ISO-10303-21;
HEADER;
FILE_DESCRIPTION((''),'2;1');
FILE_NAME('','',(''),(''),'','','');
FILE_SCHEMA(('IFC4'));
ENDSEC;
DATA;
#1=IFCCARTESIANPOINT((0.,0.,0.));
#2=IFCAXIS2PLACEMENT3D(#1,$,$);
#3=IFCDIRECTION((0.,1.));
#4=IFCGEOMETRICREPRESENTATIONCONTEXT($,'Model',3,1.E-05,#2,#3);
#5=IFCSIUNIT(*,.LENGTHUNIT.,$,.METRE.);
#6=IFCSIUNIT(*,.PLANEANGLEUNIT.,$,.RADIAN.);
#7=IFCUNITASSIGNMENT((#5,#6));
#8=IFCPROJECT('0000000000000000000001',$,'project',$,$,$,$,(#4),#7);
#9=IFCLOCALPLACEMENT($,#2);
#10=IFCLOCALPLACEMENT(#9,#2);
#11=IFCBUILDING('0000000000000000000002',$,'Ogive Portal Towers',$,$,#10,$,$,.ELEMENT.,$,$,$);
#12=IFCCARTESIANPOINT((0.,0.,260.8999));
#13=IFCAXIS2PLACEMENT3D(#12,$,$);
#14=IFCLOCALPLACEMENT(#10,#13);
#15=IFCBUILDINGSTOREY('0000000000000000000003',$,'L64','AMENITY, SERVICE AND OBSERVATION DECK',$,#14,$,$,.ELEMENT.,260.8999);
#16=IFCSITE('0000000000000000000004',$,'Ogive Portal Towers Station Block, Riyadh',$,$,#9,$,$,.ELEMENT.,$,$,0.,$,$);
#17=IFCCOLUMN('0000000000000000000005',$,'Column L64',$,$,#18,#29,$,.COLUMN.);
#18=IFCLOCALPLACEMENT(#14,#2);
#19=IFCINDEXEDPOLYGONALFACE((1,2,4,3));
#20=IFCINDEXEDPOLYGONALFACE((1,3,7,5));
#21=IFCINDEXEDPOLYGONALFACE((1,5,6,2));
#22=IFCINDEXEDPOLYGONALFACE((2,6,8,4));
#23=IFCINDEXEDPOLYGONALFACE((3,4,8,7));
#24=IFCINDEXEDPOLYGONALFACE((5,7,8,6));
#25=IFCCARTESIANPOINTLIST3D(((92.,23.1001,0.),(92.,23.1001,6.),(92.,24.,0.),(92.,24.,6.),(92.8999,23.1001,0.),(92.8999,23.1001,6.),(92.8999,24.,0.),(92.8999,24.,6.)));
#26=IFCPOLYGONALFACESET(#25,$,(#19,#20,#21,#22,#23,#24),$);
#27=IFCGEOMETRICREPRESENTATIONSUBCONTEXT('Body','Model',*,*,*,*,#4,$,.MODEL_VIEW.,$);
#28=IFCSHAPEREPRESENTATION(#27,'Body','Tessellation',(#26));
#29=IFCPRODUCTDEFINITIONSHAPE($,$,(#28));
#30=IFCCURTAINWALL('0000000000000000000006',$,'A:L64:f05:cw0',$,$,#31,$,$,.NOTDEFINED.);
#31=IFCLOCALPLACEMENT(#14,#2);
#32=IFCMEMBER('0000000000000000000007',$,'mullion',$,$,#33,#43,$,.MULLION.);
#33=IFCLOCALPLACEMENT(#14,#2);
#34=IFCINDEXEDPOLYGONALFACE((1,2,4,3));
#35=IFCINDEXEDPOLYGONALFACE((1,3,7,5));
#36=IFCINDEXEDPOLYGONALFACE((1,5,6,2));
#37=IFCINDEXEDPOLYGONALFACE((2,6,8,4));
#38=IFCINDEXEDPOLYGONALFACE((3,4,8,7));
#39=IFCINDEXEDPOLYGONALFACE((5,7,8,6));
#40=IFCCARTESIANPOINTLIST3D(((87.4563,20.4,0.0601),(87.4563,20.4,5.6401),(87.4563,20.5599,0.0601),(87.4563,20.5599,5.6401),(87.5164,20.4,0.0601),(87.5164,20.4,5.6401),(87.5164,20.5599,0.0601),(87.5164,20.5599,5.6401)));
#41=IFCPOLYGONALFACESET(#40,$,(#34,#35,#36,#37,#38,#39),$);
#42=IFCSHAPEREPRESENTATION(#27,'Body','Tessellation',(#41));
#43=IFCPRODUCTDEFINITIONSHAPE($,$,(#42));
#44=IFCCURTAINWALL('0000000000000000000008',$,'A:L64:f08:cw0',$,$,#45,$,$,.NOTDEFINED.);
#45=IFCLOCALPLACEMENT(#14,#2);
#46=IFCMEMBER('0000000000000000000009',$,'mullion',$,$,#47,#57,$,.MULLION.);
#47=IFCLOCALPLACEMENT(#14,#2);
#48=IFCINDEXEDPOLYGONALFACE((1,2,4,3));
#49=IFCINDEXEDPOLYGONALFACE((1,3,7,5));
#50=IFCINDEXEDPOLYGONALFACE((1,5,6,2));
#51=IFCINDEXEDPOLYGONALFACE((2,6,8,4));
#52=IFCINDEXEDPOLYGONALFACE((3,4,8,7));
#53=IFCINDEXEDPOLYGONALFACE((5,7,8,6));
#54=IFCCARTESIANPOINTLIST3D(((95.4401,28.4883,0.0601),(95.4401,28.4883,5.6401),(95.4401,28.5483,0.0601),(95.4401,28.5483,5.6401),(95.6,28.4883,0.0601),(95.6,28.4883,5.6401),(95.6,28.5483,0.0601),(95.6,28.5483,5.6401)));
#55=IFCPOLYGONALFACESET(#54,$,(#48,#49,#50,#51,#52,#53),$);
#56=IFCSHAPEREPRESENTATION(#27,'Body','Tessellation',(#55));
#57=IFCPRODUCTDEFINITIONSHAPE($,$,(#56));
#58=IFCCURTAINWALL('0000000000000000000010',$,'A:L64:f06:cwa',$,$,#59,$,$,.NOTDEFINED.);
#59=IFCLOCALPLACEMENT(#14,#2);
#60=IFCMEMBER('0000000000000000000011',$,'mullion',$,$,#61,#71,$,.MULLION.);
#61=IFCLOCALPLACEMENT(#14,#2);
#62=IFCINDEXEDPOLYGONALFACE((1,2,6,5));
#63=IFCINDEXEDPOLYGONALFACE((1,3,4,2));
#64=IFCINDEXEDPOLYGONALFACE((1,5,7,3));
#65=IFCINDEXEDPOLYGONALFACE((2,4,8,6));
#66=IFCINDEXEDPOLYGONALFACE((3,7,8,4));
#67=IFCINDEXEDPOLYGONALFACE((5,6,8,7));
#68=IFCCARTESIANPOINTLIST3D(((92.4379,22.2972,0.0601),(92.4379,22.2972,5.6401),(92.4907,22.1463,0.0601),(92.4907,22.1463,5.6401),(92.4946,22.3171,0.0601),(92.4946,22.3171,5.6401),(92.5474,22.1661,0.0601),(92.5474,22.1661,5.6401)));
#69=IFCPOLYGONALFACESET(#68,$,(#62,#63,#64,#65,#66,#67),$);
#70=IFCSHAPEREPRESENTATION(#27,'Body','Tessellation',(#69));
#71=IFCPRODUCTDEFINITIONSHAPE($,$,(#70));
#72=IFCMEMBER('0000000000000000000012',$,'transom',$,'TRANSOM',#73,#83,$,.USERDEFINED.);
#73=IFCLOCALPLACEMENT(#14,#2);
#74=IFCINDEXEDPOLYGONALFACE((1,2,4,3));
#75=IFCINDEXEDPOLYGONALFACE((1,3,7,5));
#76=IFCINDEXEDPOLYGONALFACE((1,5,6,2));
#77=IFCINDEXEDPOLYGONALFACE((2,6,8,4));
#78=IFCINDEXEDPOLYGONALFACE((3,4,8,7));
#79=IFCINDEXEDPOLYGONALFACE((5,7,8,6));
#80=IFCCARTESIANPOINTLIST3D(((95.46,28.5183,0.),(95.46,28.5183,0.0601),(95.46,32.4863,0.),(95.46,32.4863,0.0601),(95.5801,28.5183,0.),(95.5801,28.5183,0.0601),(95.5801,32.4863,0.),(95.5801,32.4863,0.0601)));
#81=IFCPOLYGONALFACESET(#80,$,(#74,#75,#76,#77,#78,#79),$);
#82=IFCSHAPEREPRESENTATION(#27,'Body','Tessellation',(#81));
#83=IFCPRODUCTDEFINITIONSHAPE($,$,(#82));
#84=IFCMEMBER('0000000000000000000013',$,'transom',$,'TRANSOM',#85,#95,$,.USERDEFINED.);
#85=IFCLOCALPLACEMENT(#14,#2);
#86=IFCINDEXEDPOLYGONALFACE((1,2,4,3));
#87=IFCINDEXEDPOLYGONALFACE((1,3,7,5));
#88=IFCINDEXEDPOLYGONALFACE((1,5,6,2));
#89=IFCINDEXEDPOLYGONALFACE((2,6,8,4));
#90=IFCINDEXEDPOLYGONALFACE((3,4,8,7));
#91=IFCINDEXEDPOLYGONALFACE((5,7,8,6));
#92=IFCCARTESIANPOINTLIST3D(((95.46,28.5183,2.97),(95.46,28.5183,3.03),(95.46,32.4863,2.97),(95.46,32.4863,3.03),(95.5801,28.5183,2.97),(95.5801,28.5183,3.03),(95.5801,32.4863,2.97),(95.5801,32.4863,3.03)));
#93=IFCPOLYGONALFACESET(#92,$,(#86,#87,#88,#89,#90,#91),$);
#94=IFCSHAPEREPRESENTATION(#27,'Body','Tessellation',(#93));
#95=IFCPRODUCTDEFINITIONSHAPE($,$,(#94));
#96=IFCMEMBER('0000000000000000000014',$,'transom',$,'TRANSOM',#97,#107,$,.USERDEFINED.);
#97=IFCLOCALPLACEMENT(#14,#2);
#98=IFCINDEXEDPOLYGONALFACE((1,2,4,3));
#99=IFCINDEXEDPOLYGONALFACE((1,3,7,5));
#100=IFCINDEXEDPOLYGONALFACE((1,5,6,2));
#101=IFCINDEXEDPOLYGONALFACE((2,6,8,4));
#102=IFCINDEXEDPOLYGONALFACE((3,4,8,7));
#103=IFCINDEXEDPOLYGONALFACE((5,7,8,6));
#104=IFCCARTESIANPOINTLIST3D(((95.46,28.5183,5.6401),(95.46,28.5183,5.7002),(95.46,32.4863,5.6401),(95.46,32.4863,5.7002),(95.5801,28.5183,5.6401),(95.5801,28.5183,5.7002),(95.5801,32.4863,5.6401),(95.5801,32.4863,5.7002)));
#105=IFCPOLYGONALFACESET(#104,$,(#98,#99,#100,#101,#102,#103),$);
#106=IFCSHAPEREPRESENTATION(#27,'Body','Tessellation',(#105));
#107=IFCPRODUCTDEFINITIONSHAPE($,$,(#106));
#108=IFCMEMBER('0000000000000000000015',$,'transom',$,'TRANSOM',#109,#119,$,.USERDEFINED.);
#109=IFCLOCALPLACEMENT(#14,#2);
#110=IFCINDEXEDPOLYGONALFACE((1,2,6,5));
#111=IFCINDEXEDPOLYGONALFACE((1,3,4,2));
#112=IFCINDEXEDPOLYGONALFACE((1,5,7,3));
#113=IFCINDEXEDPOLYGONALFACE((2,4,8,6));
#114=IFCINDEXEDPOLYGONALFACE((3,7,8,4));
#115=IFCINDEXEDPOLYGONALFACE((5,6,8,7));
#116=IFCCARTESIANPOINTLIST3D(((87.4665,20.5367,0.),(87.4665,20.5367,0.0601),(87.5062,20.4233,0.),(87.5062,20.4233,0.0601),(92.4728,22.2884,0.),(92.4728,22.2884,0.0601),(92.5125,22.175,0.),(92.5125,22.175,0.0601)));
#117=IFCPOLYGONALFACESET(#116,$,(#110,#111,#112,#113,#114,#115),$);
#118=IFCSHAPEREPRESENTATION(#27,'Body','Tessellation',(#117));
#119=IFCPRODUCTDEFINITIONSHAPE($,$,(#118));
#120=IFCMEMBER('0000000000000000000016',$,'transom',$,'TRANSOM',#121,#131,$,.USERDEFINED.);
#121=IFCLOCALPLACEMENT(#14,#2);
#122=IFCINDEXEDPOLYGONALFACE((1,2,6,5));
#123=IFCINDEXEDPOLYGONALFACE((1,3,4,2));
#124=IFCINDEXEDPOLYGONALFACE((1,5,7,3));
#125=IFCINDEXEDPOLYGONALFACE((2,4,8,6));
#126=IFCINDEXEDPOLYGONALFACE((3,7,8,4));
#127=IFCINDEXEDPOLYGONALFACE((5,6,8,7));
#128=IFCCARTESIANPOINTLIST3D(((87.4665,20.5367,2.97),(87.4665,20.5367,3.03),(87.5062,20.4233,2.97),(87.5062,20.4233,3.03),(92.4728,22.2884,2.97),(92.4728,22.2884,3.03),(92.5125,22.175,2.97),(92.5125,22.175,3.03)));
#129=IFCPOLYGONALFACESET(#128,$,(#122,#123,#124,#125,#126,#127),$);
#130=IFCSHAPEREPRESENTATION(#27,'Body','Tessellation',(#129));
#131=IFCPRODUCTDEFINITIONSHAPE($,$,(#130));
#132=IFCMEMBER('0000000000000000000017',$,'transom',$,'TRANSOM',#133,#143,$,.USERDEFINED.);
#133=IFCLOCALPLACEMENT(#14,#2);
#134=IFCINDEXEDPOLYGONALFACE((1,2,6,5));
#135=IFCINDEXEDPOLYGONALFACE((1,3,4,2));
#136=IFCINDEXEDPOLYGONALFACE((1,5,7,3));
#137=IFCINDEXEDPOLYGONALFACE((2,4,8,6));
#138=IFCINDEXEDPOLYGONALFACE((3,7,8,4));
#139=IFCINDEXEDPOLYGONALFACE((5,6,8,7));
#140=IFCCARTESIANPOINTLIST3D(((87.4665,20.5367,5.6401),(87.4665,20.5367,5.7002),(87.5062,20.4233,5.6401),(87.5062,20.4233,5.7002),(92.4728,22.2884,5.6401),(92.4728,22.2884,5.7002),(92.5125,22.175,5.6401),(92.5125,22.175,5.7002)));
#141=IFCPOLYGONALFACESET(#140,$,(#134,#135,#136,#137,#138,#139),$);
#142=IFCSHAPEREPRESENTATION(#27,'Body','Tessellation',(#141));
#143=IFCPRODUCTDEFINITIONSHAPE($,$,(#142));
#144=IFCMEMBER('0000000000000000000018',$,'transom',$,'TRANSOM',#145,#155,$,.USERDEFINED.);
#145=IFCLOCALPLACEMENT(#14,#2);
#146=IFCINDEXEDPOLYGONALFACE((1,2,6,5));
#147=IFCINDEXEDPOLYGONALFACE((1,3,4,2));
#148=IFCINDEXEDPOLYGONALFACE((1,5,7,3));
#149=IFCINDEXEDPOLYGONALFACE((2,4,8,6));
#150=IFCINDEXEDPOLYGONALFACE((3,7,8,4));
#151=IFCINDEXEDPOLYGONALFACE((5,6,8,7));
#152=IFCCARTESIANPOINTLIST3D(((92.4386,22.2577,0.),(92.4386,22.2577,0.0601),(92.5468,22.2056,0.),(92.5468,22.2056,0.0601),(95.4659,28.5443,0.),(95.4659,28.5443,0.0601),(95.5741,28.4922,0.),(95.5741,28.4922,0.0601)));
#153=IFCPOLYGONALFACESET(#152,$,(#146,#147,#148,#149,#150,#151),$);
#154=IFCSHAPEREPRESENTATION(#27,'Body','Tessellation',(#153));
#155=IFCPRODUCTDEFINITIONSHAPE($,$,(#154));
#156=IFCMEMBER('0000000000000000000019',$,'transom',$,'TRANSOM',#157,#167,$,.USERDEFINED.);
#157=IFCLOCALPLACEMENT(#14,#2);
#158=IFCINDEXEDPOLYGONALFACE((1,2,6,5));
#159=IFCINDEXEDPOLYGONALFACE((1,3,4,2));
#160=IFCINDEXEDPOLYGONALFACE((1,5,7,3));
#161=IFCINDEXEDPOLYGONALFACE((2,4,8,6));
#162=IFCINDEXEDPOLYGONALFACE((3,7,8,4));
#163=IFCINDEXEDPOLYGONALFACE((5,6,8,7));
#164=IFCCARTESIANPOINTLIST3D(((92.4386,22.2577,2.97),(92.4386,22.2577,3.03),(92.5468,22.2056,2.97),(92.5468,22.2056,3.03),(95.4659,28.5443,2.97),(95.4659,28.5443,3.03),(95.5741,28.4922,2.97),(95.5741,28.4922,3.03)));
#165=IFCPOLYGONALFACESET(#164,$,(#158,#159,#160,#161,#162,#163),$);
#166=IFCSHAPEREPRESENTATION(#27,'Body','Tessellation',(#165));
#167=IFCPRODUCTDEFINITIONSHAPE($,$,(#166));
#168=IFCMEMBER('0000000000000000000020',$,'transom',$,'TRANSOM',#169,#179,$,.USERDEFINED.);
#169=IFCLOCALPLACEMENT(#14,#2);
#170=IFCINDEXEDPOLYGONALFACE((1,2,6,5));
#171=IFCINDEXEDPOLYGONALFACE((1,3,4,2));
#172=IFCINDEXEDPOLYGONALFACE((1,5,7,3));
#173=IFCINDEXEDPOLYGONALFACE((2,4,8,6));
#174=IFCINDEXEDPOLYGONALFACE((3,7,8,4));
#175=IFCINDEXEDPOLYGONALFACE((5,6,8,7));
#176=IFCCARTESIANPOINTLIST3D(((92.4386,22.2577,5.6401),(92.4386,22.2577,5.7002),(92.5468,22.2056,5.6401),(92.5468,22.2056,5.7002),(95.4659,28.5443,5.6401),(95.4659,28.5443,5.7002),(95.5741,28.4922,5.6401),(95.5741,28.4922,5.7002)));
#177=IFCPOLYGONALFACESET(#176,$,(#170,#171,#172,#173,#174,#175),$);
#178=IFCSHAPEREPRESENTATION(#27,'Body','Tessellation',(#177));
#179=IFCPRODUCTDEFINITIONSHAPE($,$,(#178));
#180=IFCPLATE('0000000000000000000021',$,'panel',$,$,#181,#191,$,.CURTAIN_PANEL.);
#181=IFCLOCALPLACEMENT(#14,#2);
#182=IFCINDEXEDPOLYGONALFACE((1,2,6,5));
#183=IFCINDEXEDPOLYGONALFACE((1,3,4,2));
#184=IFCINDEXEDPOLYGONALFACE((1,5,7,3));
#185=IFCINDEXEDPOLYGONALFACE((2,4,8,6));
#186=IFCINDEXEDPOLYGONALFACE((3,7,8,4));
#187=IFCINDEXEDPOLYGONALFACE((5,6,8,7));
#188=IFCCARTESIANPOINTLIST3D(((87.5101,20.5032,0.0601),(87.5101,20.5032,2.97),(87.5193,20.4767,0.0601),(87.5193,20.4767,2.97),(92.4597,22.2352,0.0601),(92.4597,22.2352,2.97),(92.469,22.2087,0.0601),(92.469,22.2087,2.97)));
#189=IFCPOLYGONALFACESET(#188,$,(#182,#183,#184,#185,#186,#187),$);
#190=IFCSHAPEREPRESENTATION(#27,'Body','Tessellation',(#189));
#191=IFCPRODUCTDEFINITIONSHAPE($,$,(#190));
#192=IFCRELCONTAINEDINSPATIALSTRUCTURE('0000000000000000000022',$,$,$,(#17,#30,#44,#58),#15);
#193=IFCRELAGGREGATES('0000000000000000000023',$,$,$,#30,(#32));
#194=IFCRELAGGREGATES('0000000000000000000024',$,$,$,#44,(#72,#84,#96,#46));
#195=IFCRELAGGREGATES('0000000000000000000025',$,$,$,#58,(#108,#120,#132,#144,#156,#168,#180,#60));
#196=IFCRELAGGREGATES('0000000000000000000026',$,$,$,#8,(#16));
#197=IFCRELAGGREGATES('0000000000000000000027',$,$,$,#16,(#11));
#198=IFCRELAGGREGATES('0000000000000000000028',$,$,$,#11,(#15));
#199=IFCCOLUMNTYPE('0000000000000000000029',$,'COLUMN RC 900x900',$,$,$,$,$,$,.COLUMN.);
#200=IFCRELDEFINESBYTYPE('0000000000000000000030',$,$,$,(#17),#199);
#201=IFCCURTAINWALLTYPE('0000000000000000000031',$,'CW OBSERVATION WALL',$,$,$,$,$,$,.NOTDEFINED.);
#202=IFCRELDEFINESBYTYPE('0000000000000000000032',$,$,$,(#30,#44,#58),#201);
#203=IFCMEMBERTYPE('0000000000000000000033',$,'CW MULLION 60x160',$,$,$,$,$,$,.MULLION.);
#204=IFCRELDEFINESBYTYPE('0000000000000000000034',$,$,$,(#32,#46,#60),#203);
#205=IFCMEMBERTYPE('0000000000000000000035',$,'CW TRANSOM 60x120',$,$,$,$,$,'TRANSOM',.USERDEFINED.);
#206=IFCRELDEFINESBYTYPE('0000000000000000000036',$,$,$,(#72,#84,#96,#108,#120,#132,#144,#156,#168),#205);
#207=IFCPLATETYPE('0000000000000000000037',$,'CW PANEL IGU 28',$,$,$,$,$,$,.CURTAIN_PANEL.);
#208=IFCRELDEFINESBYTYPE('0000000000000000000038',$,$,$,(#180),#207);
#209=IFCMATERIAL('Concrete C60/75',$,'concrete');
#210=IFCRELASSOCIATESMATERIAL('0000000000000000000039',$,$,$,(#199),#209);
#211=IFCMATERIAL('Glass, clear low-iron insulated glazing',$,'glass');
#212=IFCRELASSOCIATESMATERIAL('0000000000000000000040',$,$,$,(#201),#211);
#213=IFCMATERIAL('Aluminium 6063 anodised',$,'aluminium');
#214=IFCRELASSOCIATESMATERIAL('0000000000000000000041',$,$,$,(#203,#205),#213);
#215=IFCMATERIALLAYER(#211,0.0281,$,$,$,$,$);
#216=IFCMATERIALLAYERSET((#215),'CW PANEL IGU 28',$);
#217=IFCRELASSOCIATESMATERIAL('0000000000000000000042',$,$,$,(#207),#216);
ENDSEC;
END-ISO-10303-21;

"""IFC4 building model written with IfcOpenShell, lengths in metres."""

from ifc_helpers import new_model, si_unit, direction, frame, origin, origin_2d, place, context, subcontext, project, spatial, rectangle, extrude, material, layer, layer_set, material_profile, profile_set, type_object, element, aggregate, save


model = new_model("IFC4")

# Units and contexts
model_context = context("Model", 3, precision=1e-05, world=origin(), true_north=direction((0.0, 1.0)))
body_context = subcontext(model_context, "Body", "Model", "MODEL_VIEW")
ifc_project = project(units=[si_unit("LENGTHUNIT", "METRE"), si_unit("PLANEANGLEUNIT", "RADIAN")], contexts=[model_context])

# Site, building, storey
site_placement = place(None, origin())
site = spatial("IfcSite", under=ifc_project, at=site_placement, Name="Ogive Portal Towers Station Block, Riyadh", CompositionType="ELEMENT", RefElevation=0.0)
building_placement = place(site_placement, origin())
building = spatial("IfcBuilding", under=site, at=building_placement, Name="Ogive Portal Towers", CompositionType="ELEMENT")
storey_placement = place(building_placement, frame((0.0, 0.0, 260.8999)))
storey = spatial("IfcBuildingStorey", under=building, at=storey_placement, Name="L64", Description="AMENITY, SERVICE AND OBSERVATION DECK", CompositionType="ELEMENT", Elevation=260.8999)

# Column
ifc_material_1 = material(Name="Concrete C60/75", Category="concrete")
ifc_material_profile_1 = material_profile(ifc_material_1, rectangle(XDim=0.8999, YDim=0.8999, at=origin_2d()), Name="RC 900x900")
ifc_profile_set_1 = profile_set([ifc_material_profile_1], Name="Concrete C60/75")
column_type = type_object("IfcColumnType", Name="COLUMN RC 900x900", PredefinedType="COLUMN", material=ifc_profile_set_1)
column_placement = place(storey_placement, frame((92.45, 23.55, 0.0), z_axis=(0.0, 0.0, 1.0), x_axis=(1.0, 0.0, 0.0)))
element("IfcColumn", 1, at=column_placement, inside=storey, type_object=column_type, Name="Column L64", PredefinedType="COLUMN", context=body_context, shape_type="SweptSolid", body=[
    extrude(rectangle(XDim=0.8999, YDim=0.8999, at=origin_2d()), origin(), (0.0, 0.0, 1.0), 6.0),
])

# Curtain walls, members
ifc_material_2 = material(Name="Glass, clear low-iron insulated glazing", Category="glass")
curtain_wall_type = type_object("IfcCurtainWallType", Name="CW OBSERVATION WALL", PredefinedType="NOTDEFINED", material=ifc_material_2)
curtain_wall_1_placement = place(storey_placement, origin())
curtain_wall_1 = element("IfcCurtainWall", 2, at=curtain_wall_1_placement, inside=storey, type_object=curtain_wall_type, Name="A:L64:f05:cw0", PredefinedType="NOTDEFINED")
ifc_material_3 = material(Name="Aluminium 6063 anodised", Category="aluminium")
ifc_material_profile_2 = material_profile(ifc_material_3, rectangle(XDim=0.1599, YDim=0.0601, at=origin_2d()), Name="AL 60x160")
ifc_profile_set_2 = profile_set([ifc_material_profile_2], Name="Aluminium 6063 anodised")
member_type_1 = type_object("IfcMemberType", Name="CW MULLION 60x160", PredefinedType="MULLION", material=ifc_profile_set_2)
member_1_placement = place(storey_placement, frame((87.4863, 20.48, 0.0601), z_axis=(0.0, 0.0, 1.0), x_axis=(0.0, 1.0, 0.0)))
member_1 = element("IfcMember", 3, at=member_1_placement, type_object=member_type_1, Name="mullion", PredefinedType="MULLION", context=body_context, shape_type="SweptSolid", body=[
    extrude(rectangle(XDim=0.1599, YDim=0.0601, at=origin_2d()), origin(), (0.0, 0.0, 1.0), 5.5801),
])
aggregate(curtain_wall_1, [member_1])
curtain_wall_2_placement = place(storey_placement, origin())
curtain_wall_2 = element("IfcCurtainWall", 4, at=curtain_wall_2_placement, inside=storey, type_object=curtain_wall_type, Name="A:L64:f08:cw0", PredefinedType="NOTDEFINED")
member_2_placement = place(storey_placement, frame((95.52, 28.5183, 0.0601), z_axis=(0.0, 0.0, 1.0), x_axis=(-1.0, 0.0, 0.0)))
member_2 = element("IfcMember", 5, at=member_2_placement, type_object=member_type_1, Name="mullion", PredefinedType="MULLION", context=body_context, shape_type="SweptSolid", body=[
    extrude(rectangle(XDim=0.1599, YDim=0.0601, at=origin_2d()), origin(), (0.0, 0.0, 1.0), 5.5801),
])
curtain_wall_3_placement = place(storey_placement, origin())
curtain_wall_3 = element("IfcCurtainWall", 6, at=curtain_wall_3_placement, inside=storey, type_object=curtain_wall_type, Name="A:L64:f06:cwa", PredefinedType="NOTDEFINED")
member_3_placement = place(storey_placement, frame((92.4927, 22.2317, 0.0601), z_axis=(0.0, 0.0, 1.0), x_axis=(-0.330279, 0.943883, 0.0)))
member_3 = element("IfcMember", 7, at=member_3_placement, type_object=member_type_1, Name="mullion", PredefinedType="MULLION", context=body_context, shape_type="SweptSolid", body=[
    extrude(rectangle(XDim=0.1599, YDim=0.0601, at=origin_2d()), origin(), (0.0, 0.0, 1.0), 5.5801),
])

# Members
ifc_material_profile_3 = material_profile(ifc_material_3, rectangle(XDim=0.1201, YDim=0.0601, at=origin_2d()), Name="AL 120x60")
ifc_profile_set_3 = profile_set([ifc_material_profile_3], Name="Aluminium 6063 anodised")
member_type_2 = type_object("IfcMemberType", Name="CW TRANSOM 60x120", ElementType="TRANSOM", PredefinedType="USERDEFINED", material=ifc_profile_set_3)
member_4_placement = place(storey_placement, frame((95.52, 28.5183, 0.03), z_axis=(0.0, 1.0, 0.0), x_axis=(-1.0, 0.0, 0.0)))
member_4 = element("IfcMember", 8, at=member_4_placement, type_object=member_type_2, Name="transom", ObjectType="TRANSOM", PredefinedType="USERDEFINED", context=body_context, shape_type="SweptSolid", body=[
    extrude(rectangle(XDim=0.1201, YDim=0.0601, at=origin_2d()), origin(), (0.0, 0.0, 1.0), 3.968),
])
member_5_placement = place(storey_placement, frame((95.52, 28.5183, 3.0), z_axis=(0.0, 1.0, 0.0), x_axis=(-1.0, 0.0, 0.0)))
member_5 = element("IfcMember", 9, at=member_5_placement, type_object=member_type_2, Name="transom", ObjectType="TRANSOM", PredefinedType="USERDEFINED", context=body_context, shape_type="SweptSolid", body=[
    extrude(rectangle(XDim=0.1201, YDim=0.0601, at=origin_2d()), origin(), (0.0, 0.0, 1.0), 3.968),
])
member_6_placement = place(storey_placement, frame((95.52, 28.5183, 5.6702), z_axis=(0.0, 1.0, 0.0), x_axis=(-1.0, 0.0, 0.0)))
member_6 = element("IfcMember", 10, at=member_6_placement, type_object=member_type_2, Name="transom", ObjectType="TRANSOM", PredefinedType="USERDEFINED", context=body_context, shape_type="SweptSolid", body=[
    extrude(rectangle(XDim=0.1201, YDim=0.0601, at=origin_2d()), origin(), (0.0, 0.0, 1.0), 3.968),
])
aggregate(curtain_wall_2, [member_4, member_5, member_6, member_2])
member_7_placement = place(storey_placement, frame((87.4863, 20.48, 0.03), z_axis=(0.943888, 0.330264, 0.0), x_axis=(-0.330264, 0.943888, 0.0)))
member_7 = element("IfcMember", 11, at=member_7_placement, type_object=member_type_2, Name="transom", ObjectType="TRANSOM", PredefinedType="USERDEFINED", context=body_context, shape_type="SweptSolid", body=[
    extrude(rectangle(XDim=0.1201, YDim=0.0601, at=origin_2d()), origin(), (0.0, 0.0, 1.0), 5.304),
])
member_8_placement = place(storey_placement, frame((87.4863, 20.48, 3.0), z_axis=(0.943888, 0.330264, 0.0), x_axis=(-0.330264, 0.943888, 0.0)))
member_8 = element("IfcMember", 12, at=member_8_placement, type_object=member_type_2, Name="transom", ObjectType="TRANSOM", PredefinedType="USERDEFINED", context=body_context, shape_type="SweptSolid", body=[
    extrude(rectangle(XDim=0.1201, YDim=0.0601, at=origin_2d()), origin(), (0.0, 0.0, 1.0), 5.304),
])
member_9_placement = place(storey_placement, frame((87.4863, 20.48, 5.6702), z_axis=(0.943888, 0.330264, 0.0), x_axis=(-0.330264, 0.943888, 0.0)))
member_9 = element("IfcMember", 13, at=member_9_placement, type_object=member_type_2, Name="transom", ObjectType="TRANSOM", PredefinedType="USERDEFINED", context=body_context, shape_type="SweptSolid", body=[
    extrude(rectangle(XDim=0.1201, YDim=0.0601, at=origin_2d()), origin(), (0.0, 0.0, 1.0), 5.304),
])
member_10_placement = place(storey_placement, frame((92.4927, 22.2317, 0.03), z_axis=(0.433868, 0.900976, 0.0), x_axis=(-0.900976, 0.433868, 0.0)))
member_10 = element("IfcMember", 14, at=member_10_placement, type_object=member_type_2, Name="transom", ObjectType="TRANSOM", PredefinedType="USERDEFINED", context=body_context, shape_type="SweptSolid", body=[
    extrude(rectangle(XDim=0.1201, YDim=0.0601, at=origin_2d()), origin(), (0.0, 0.0, 1.0), 6.9775),
])
member_11_placement = place(storey_placement, frame((92.4927, 22.2317, 3.0), z_axis=(0.433868, 0.900976, 0.0), x_axis=(-0.900976, 0.433868, 0.0)))
member_11 = element("IfcMember", 15, at=member_11_placement, type_object=member_type_2, Name="transom", ObjectType="TRANSOM", PredefinedType="USERDEFINED", context=body_context, shape_type="SweptSolid", body=[
    extrude(rectangle(XDim=0.1201, YDim=0.0601, at=origin_2d()), origin(), (0.0, 0.0, 1.0), 6.9775),
])
member_12_placement = place(storey_placement, frame((92.4927, 22.2317, 5.6702), z_axis=(0.433868, 0.900976, 0.0), x_axis=(-0.900976, 0.433868, 0.0)))
member_12 = element("IfcMember", 16, at=member_12_placement, type_object=member_type_2, Name="transom", ObjectType="TRANSOM", PredefinedType="USERDEFINED", context=body_context, shape_type="SweptSolid", body=[
    extrude(rectangle(XDim=0.1201, YDim=0.0601, at=origin_2d()), origin(), (0.0, 0.0, 1.0), 6.9775),
])

# Plate
ifc_layer_1 = layer(ifc_material_2, 0.0281)
ifc_layer_set_1 = layer_set([ifc_layer_1], Name="CW PANEL IGU 28")
plate_type = type_object("IfcPlateType", Name="CW PANEL IGU 28", PredefinedType="CURTAIN_PANEL", material=ifc_layer_set_1)
plate_1_placement = place(storey_placement, frame((89.9895, 21.356, 0.0601), z_axis=(0.0, 0.0, 1.0), x_axis=(0.943883, 0.330279, 0.0)))
plate_1 = element("IfcPlate", 17, at=plate_1_placement, type_object=plate_type, Name="panel", PredefinedType="CURTAIN_PANEL", context=body_context, shape_type="SweptSolid", body=[
    extrude(rectangle(XDim=5.2439, YDim=0.0281, at=origin_2d()), origin(), (0.0, 0.0, 1.0), 2.9099),
])
aggregate(curtain_wall_3, [member_7, member_8, member_9, member_10, member_11, member_12, plate_1, member_3])

save(model, "model.ifc")
